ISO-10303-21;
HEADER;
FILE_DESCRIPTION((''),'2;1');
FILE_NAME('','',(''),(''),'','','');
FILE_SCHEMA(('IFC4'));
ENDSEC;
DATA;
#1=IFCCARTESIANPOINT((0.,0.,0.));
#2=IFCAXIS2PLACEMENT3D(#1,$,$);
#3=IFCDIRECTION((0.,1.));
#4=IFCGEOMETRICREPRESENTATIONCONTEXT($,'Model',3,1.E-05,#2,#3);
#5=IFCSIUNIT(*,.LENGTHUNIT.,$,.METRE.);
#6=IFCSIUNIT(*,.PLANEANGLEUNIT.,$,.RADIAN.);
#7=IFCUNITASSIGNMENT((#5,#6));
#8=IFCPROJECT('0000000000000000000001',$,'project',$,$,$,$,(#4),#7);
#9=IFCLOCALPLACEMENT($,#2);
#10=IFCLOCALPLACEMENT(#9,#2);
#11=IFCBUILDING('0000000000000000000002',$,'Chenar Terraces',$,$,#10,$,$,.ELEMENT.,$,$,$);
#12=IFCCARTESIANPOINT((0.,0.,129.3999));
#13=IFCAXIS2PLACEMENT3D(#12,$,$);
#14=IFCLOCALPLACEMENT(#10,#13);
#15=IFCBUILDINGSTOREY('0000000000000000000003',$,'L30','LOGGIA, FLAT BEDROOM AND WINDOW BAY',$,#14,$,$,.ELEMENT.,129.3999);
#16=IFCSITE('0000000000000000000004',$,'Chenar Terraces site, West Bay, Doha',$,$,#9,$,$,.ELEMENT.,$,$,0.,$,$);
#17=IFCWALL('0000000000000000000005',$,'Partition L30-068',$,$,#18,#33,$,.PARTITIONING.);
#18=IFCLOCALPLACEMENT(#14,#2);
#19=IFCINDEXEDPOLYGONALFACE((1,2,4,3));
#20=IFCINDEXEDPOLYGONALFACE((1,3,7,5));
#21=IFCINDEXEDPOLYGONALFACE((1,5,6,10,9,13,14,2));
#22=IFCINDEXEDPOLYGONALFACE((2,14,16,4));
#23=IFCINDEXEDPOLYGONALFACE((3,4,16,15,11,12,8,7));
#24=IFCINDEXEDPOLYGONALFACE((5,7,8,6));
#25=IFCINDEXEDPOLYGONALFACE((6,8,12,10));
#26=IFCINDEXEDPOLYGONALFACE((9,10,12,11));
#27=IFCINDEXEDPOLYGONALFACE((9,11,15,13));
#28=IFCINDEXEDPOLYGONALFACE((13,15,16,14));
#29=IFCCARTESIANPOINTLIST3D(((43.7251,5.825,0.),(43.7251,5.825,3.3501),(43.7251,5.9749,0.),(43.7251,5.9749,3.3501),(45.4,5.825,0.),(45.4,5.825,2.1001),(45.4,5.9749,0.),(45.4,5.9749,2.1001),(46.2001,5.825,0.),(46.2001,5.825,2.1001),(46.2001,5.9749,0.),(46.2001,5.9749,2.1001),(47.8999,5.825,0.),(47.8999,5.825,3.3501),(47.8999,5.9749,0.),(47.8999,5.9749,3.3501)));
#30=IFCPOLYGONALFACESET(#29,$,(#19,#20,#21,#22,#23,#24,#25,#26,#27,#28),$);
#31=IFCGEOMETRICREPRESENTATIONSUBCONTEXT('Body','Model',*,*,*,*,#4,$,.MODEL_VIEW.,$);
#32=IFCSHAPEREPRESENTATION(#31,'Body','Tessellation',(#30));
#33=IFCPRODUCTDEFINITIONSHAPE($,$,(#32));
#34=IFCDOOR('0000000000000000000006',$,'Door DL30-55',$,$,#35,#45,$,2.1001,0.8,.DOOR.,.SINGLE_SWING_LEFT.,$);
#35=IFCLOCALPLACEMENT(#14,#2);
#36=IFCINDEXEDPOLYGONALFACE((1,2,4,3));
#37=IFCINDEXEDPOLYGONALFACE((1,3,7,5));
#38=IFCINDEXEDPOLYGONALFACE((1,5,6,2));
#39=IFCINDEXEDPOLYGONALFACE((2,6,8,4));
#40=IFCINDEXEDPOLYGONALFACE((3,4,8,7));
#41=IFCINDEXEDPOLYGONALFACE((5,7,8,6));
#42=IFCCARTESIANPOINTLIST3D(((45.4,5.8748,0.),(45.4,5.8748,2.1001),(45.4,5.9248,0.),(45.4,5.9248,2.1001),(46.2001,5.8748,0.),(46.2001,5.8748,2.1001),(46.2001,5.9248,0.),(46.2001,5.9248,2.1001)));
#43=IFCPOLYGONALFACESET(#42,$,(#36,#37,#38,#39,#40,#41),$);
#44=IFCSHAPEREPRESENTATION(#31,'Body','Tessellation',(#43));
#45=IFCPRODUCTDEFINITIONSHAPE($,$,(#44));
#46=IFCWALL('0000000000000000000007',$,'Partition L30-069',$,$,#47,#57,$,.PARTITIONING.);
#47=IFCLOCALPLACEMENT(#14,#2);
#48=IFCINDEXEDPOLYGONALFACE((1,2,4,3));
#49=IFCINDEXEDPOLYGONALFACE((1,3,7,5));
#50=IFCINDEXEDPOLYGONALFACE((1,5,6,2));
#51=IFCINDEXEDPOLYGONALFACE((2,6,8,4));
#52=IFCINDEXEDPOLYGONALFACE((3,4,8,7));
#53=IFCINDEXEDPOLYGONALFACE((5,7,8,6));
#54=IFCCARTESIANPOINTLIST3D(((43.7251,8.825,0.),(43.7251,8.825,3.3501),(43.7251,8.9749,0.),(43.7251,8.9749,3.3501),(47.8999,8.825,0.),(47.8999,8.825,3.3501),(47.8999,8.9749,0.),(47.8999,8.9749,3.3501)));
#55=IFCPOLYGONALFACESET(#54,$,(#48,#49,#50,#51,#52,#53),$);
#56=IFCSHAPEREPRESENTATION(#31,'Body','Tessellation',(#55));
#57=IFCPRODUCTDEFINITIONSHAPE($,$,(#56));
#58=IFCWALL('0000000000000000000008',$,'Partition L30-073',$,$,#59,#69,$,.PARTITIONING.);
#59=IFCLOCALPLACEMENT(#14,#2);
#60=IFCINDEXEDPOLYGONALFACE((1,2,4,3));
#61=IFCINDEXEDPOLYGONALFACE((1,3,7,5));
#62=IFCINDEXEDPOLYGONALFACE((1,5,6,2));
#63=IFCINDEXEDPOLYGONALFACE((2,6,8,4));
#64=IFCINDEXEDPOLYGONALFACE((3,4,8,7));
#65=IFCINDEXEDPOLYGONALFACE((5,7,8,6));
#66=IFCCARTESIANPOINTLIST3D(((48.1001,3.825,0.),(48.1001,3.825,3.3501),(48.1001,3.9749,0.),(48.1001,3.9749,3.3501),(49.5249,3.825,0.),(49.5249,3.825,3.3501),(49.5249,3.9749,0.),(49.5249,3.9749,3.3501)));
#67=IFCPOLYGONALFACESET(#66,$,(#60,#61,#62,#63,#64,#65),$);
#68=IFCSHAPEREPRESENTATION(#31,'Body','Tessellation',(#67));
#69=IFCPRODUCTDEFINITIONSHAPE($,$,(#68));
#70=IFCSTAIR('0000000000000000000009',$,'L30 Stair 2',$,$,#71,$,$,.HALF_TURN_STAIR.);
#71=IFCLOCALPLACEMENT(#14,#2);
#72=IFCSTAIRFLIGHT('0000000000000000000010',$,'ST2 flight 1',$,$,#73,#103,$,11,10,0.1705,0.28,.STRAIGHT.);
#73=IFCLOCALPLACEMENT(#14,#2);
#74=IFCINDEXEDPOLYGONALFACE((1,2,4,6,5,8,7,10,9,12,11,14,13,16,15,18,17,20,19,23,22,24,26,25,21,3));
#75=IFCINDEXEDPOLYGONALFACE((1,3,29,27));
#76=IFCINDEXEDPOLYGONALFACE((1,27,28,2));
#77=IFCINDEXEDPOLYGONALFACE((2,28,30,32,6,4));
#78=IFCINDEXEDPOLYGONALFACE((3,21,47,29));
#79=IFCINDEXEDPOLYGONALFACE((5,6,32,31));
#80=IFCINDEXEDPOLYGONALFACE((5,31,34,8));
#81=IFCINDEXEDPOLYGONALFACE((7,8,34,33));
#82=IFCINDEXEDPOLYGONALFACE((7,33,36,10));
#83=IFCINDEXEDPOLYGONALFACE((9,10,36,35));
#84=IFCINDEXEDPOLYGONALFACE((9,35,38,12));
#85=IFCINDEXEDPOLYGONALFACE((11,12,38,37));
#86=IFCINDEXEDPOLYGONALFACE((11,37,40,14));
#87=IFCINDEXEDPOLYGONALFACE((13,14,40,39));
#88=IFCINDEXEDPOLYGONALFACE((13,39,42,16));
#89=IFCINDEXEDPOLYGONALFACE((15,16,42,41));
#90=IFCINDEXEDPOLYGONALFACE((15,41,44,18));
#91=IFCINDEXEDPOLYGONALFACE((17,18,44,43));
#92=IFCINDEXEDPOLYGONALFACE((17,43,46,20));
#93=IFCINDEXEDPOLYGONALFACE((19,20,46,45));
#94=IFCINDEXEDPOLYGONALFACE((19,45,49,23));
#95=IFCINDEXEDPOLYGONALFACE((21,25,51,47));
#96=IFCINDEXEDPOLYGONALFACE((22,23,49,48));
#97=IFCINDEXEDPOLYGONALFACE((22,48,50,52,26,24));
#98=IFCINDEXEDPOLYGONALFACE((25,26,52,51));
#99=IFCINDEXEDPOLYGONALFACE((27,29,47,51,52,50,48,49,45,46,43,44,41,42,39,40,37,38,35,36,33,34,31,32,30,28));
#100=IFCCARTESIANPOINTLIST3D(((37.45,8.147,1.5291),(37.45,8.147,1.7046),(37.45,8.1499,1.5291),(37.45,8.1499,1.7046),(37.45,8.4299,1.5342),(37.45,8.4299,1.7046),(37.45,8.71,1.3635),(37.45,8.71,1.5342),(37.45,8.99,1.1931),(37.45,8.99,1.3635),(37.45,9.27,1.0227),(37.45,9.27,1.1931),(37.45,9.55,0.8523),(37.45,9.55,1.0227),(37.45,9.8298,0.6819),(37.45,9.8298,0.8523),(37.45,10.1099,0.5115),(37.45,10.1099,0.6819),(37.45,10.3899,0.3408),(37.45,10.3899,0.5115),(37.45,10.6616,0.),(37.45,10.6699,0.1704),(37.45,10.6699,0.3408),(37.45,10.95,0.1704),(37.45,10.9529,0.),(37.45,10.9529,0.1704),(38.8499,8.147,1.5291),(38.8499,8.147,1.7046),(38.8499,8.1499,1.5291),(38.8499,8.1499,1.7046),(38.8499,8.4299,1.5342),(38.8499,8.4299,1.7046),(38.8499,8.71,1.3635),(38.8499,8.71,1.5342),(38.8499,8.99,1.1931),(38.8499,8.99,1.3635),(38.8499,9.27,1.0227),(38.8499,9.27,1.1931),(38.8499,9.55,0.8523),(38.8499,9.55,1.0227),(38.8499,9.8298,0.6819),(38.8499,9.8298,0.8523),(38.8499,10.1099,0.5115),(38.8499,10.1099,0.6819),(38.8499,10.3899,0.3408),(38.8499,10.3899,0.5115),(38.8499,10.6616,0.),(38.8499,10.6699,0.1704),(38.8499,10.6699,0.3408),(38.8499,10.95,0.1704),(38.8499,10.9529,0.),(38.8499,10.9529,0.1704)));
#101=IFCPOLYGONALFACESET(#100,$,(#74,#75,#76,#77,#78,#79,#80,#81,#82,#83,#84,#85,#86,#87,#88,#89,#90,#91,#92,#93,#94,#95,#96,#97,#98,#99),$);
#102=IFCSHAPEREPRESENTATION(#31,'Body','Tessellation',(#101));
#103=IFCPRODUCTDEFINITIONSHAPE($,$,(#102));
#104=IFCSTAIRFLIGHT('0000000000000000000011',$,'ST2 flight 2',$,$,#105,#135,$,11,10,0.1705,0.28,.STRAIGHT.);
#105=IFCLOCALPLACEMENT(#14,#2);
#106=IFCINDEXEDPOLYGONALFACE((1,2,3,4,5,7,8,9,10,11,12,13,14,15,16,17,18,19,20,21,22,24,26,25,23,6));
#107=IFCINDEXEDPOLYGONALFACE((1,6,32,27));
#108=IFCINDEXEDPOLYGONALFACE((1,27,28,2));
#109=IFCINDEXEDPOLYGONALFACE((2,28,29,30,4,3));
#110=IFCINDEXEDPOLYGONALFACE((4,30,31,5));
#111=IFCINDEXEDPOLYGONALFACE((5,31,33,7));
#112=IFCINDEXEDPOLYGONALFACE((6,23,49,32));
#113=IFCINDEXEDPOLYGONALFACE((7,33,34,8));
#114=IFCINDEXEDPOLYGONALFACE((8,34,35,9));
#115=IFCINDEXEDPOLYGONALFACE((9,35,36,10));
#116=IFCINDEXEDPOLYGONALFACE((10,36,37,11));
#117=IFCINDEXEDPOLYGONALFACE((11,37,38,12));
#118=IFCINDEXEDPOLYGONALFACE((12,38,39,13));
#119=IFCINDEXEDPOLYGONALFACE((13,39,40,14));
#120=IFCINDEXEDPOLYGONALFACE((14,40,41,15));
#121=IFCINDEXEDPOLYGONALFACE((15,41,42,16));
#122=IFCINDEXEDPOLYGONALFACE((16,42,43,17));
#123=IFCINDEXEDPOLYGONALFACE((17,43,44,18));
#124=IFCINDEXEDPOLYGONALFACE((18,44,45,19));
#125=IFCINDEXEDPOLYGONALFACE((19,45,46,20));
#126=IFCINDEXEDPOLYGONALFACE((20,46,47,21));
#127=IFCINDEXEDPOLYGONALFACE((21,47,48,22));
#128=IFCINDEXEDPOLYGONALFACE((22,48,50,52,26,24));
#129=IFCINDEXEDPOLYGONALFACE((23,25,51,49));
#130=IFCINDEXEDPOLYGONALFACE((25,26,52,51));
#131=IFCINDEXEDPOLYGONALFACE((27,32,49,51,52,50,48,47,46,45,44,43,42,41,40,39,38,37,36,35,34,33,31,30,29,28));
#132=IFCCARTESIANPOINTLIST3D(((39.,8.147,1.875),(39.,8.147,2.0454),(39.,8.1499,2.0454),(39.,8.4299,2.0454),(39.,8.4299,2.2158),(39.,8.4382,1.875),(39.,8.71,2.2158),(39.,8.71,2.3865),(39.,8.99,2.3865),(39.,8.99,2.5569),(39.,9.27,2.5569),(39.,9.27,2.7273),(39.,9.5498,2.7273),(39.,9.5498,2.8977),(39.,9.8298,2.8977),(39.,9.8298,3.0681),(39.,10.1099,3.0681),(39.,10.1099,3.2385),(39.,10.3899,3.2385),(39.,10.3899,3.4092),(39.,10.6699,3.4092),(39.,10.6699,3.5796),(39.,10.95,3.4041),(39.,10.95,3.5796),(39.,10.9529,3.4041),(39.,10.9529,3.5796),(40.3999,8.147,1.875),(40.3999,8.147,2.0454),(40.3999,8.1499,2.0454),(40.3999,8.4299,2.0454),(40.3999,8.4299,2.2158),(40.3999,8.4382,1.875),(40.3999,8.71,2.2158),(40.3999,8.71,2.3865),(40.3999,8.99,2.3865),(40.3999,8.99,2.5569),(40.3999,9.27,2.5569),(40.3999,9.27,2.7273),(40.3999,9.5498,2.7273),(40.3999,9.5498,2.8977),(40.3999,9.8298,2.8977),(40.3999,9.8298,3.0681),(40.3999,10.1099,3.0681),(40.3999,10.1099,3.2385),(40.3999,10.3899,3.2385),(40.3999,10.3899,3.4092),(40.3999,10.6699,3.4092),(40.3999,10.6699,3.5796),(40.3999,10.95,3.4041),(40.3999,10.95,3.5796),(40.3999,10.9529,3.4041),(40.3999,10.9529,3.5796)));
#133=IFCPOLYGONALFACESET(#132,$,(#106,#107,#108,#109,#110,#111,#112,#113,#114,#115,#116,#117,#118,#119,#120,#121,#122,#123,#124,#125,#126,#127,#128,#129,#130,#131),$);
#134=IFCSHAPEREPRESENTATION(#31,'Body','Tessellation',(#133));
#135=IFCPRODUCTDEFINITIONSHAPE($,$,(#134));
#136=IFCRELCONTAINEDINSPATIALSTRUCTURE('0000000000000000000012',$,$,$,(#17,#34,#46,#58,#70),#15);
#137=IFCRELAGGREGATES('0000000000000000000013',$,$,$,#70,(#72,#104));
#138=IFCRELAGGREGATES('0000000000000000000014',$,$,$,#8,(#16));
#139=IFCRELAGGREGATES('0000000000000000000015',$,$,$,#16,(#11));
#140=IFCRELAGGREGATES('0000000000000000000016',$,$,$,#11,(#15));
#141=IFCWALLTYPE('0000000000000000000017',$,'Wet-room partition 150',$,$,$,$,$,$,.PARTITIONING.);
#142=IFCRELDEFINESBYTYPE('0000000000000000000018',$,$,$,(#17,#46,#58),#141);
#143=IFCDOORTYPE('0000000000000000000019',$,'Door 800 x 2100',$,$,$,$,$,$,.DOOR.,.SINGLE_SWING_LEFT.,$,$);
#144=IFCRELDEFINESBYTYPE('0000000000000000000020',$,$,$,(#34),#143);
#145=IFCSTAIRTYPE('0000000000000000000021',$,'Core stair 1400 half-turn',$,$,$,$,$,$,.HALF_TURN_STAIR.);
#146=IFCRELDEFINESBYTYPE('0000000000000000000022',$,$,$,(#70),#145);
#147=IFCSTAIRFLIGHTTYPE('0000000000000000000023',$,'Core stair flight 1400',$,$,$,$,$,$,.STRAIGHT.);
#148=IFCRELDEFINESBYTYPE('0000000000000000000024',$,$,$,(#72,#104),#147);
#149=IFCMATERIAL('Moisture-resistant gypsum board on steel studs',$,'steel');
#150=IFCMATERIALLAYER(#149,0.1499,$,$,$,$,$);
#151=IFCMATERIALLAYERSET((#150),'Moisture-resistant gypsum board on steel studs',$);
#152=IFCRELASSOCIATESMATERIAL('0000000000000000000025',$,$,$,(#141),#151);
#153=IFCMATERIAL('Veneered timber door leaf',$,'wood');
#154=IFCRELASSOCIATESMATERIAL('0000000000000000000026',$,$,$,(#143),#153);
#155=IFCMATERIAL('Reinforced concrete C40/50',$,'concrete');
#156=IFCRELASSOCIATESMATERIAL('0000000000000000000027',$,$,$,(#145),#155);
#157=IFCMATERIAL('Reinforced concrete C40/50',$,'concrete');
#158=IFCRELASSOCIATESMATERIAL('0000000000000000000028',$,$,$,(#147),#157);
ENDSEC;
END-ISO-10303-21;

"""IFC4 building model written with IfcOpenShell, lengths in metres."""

from ifc_helpers import new_model, si_unit, direction, frame, frame_2d, origin, place, context, subcontext, project, spatial, polyline, rectangle, outline, extrude, material, layer, layer_set, type_object, element, fill, aggregate, save


model = new_model("IFC4")

# Units and contexts
model_context = context("Model", 3, precision=1e-05, world=origin(), true_north=direction((0.0, 1.0)))
body_context = subcontext(model_context, "Body", "Model", "MODEL_VIEW")
ifc_project = project(units=[si_unit("LENGTHUNIT", "METRE"), si_unit("PLANEANGLEUNIT", "RADIAN")], contexts=[model_context])

# Site, building, storey
site_placement = place(None, origin())
site = spatial("IfcSite", under=ifc_project, at=site_placement, Name="Chenar Terraces site, West Bay, Doha", CompositionType="ELEMENT", RefElevation=0.0)
building_placement = place(site_placement, origin())
building = spatial("IfcBuilding", under=site, at=building_placement, Name="Chenar Terraces", CompositionType="ELEMENT")
storey_placement = place(building_placement, frame((0.0, 0.0, 129.3999)))
storey = spatial("IfcBuildingStorey", under=building, at=storey_placement, Name="L30", Description="LOGGIA, FLAT BEDROOM AND WINDOW BAY", CompositionType="ELEMENT", Elevation=129.3999)

# Wall, opening, door
ifc_material_1 = material(Name="Moisture-resistant gypsum board on steel studs", Category="steel")
ifc_layer_1 = layer(ifc_material_1, 0.1499)
ifc_layer_set_1 = layer_set([ifc_layer_1], Name="Moisture-resistant gypsum board on steel studs")
wall_type_1 = type_object("IfcWallType", Name="Wet-room partition 150", PredefinedType="PARTITIONING", material=ifc_layer_set_1)
wall_1_placement = place(storey_placement, frame((43.7251, 5.8999, 0.0), z_axis=(0.0, 0.0, 1.0), x_axis=(1.0, 0.0, 0.0)))
wall_1 = element("IfcWall", 1, at=wall_1_placement, inside=storey, type_object=wall_type_1, Name="Partition L30-068", PredefinedType="PARTITIONING", context=body_context, shape_type="SweptSolid", body=[
    extrude(rectangle(XDim=4.1748, YDim=0.1499, at=frame_2d((2.0874, 0.0))), origin(), (0.0, 0.0, 1.0), 3.3501),
])
opening_1_placement = place(wall_1_placement, frame((1.675, 0.0, 0.0)))
opening_1 = element("IfcOpeningElement", 2, at=opening_1_placement, cuts=wall_1, PredefinedType="OPENING", context=body_context, shape_type="SweptSolid", body=[
    extrude(rectangle(XDim=0.8, YDim=2.1001, at=frame_2d((0.3999, 1.05))), frame((0.0, 0.085, 0.0), z_axis=(0.0, -1.0, 0.0), x_axis=(1.0, 0.0, 0.0)), (0.0, 0.0, 1.0), 0.1699),
])
ifc_material_2 = material(Name="Veneered timber door leaf", Category="wood")
door_type_1 = type_object("IfcDoorType", Name="Door 800 x 2100", OperationType="SINGLE_SWING_LEFT", PredefinedType="DOOR", material=ifc_material_2)
door_1_placement = place(opening_1_placement, origin())
door_1 = element("IfcDoor", 3, at=door_1_placement, inside=storey, type_object=door_type_1, Name="Door DL30-55", OperationType="SINGLE_SWING_LEFT", OverallHeight=2.1001, OverallWidth=0.8, PredefinedType="DOOR", context=body_context, shape_type="SweptSolid", body=[
    extrude(rectangle(XDim=0.8, YDim=2.1001, at=frame_2d((0.3999, 1.05))), frame((0.0, 0.0249, 0.0), z_axis=(0.0, -1.0, 0.0), x_axis=(1.0, 0.0, 0.0)), (0.0, 0.0, 1.0), 0.05),
])
fill(opening_1, door_1)

# Walls
wall_2_placement = place(storey_placement, frame((43.7251, 8.8999, 0.0), z_axis=(0.0, 0.0, 1.0), x_axis=(1.0, 0.0, 0.0)))
element("IfcWall", 4, at=wall_2_placement, inside=storey, type_object=wall_type_1, Name="Partition L30-069", PredefinedType="PARTITIONING", context=body_context, shape_type="SweptSolid", body=[
    extrude(rectangle(XDim=4.1748, YDim=0.1499, at=frame_2d((2.0874, 0.0))), origin(), (0.0, 0.0, 1.0), 3.3501),
])
wall_3_placement = place(storey_placement, frame((48.1001, 3.8999, 0.0), z_axis=(0.0, 0.0, 1.0), x_axis=(1.0, 0.0, 0.0)))
element("IfcWall", 5, at=wall_3_placement, inside=storey, type_object=wall_type_1, Name="Partition L30-073", PredefinedType="PARTITIONING", context=body_context, shape_type="SweptSolid", body=[
    extrude(rectangle(XDim=1.4248, YDim=0.1499, at=frame_2d((0.7124, 0.0))), origin(), (0.0, 0.0, 1.0), 3.3501),
])

# Stair, stair flights
ifc_material_3 = material(Name="Reinforced concrete C40/50", Category="concrete")
stair_type = type_object("IfcStairType", Name="Core stair 1400 half-turn", PredefinedType="HALF_TURN_STAIR", material=ifc_material_3)
stair_placement = place(storey_placement, origin())
stair = element("IfcStair", 6, at=stair_placement, inside=storey, type_object=stair_type, Name="L30 Stair 2", PredefinedType="HALF_TURN_STAIR")
ifc_material_4 = material(Name="Reinforced concrete C40/50", Category="concrete")
stair_flight_type = type_object("IfcStairFlightType", Name="Core stair flight 1400", PredefinedType="STRAIGHT", material=ifc_material_4)
stair_flight_1_placement = place(storey_placement, frame((38.1499, 10.95, 0.0), z_axis=(0.0, 0.0, 1.0), x_axis=(0.0, -1.0, 0.0)))
stair_flight_1 = element("IfcStairFlight", 7, at=stair_flight_1_placement, type_object=stair_flight_type, Name="ST2 flight 1", NumberOfRisers=11, NumberOfTreads=10, PredefinedType="STRAIGHT", RiserHeight=0.1705, TreadLength=0.28, context=body_context, shape_type="SweptSolid", body=[
    extrude(outline(polyline([(-0.0029, 0.0), (-0.0029, 0.1704), (0.0, 0.1704), (0.28, 0.1704), (0.28, 0.3408), (0.5601, 0.3408), (0.5601, 0.5115), (0.8401, 0.5115), (0.8401, 0.6819), (1.1201, 0.6819), (1.1201, 0.8523), (1.3999, 0.8523), (1.3999, 1.0227), (1.6799, 1.0227), (1.6799, 1.1931), (1.96, 1.1931), (1.96, 1.3635), (2.24, 1.3635), (2.24, 1.5342), (2.52, 1.5342), (2.52, 1.7046), (2.8, 1.7046), (2.803, 1.7046), (2.803, 1.5291), (2.8, 1.5291), (0.2883, 0.0), (-0.0029, 0.0)])), frame((0.0, 0.7, 0.0), z_axis=(0.0, -1.0, 0.0), x_axis=(1.0, 0.0, 0.0)), (0.0, 0.0, 1.0), 1.3999),
])
stair_flight_2_placement = place(storey_placement, frame((39.7, 8.1499, 1.875), z_axis=(0.0, 0.0, 1.0), x_axis=(0.0, 1.0, 0.0)))
stair_flight_2 = element("IfcStairFlight", 8, at=stair_flight_2_placement, type_object=stair_flight_type, Name="ST2 flight 2", NumberOfRisers=11, NumberOfTreads=10, PredefinedType="STRAIGHT", RiserHeight=0.1705, TreadLength=0.28, context=body_context, shape_type="SweptSolid", body=[
    extrude(outline(polyline([(-0.0029, 0.0), (-0.0029, 0.1704), (0.0, 0.1704), (0.28, 0.1704), (0.28, 0.3408), (0.5601, 0.3408), (0.5601, 0.5115), (0.8401, 0.5115), (0.8401, 0.6819), (1.1201, 0.6819), (1.1201, 0.8523), (1.3999, 0.8523), (1.3999, 1.0227), (1.6799, 1.0227), (1.6799, 1.1931), (1.96, 1.1931), (1.96, 1.3635), (2.24, 1.3635), (2.24, 1.5342), (2.52, 1.5342), (2.52, 1.7046), (2.8, 1.7046), (2.803, 1.7046), (2.803, 1.5291), (2.8, 1.5291), (0.2883, 0.0), (-0.0029, 0.0)])), frame((0.0, 0.7, 0.0), z_axis=(0.0, -1.0, 0.0), x_axis=(1.0, 0.0, 0.0)), (0.0, 0.0, 1.0), 1.3999),
])
aggregate(stair, [stair_flight_1, stair_flight_2])

save(model, "model.ifc")
